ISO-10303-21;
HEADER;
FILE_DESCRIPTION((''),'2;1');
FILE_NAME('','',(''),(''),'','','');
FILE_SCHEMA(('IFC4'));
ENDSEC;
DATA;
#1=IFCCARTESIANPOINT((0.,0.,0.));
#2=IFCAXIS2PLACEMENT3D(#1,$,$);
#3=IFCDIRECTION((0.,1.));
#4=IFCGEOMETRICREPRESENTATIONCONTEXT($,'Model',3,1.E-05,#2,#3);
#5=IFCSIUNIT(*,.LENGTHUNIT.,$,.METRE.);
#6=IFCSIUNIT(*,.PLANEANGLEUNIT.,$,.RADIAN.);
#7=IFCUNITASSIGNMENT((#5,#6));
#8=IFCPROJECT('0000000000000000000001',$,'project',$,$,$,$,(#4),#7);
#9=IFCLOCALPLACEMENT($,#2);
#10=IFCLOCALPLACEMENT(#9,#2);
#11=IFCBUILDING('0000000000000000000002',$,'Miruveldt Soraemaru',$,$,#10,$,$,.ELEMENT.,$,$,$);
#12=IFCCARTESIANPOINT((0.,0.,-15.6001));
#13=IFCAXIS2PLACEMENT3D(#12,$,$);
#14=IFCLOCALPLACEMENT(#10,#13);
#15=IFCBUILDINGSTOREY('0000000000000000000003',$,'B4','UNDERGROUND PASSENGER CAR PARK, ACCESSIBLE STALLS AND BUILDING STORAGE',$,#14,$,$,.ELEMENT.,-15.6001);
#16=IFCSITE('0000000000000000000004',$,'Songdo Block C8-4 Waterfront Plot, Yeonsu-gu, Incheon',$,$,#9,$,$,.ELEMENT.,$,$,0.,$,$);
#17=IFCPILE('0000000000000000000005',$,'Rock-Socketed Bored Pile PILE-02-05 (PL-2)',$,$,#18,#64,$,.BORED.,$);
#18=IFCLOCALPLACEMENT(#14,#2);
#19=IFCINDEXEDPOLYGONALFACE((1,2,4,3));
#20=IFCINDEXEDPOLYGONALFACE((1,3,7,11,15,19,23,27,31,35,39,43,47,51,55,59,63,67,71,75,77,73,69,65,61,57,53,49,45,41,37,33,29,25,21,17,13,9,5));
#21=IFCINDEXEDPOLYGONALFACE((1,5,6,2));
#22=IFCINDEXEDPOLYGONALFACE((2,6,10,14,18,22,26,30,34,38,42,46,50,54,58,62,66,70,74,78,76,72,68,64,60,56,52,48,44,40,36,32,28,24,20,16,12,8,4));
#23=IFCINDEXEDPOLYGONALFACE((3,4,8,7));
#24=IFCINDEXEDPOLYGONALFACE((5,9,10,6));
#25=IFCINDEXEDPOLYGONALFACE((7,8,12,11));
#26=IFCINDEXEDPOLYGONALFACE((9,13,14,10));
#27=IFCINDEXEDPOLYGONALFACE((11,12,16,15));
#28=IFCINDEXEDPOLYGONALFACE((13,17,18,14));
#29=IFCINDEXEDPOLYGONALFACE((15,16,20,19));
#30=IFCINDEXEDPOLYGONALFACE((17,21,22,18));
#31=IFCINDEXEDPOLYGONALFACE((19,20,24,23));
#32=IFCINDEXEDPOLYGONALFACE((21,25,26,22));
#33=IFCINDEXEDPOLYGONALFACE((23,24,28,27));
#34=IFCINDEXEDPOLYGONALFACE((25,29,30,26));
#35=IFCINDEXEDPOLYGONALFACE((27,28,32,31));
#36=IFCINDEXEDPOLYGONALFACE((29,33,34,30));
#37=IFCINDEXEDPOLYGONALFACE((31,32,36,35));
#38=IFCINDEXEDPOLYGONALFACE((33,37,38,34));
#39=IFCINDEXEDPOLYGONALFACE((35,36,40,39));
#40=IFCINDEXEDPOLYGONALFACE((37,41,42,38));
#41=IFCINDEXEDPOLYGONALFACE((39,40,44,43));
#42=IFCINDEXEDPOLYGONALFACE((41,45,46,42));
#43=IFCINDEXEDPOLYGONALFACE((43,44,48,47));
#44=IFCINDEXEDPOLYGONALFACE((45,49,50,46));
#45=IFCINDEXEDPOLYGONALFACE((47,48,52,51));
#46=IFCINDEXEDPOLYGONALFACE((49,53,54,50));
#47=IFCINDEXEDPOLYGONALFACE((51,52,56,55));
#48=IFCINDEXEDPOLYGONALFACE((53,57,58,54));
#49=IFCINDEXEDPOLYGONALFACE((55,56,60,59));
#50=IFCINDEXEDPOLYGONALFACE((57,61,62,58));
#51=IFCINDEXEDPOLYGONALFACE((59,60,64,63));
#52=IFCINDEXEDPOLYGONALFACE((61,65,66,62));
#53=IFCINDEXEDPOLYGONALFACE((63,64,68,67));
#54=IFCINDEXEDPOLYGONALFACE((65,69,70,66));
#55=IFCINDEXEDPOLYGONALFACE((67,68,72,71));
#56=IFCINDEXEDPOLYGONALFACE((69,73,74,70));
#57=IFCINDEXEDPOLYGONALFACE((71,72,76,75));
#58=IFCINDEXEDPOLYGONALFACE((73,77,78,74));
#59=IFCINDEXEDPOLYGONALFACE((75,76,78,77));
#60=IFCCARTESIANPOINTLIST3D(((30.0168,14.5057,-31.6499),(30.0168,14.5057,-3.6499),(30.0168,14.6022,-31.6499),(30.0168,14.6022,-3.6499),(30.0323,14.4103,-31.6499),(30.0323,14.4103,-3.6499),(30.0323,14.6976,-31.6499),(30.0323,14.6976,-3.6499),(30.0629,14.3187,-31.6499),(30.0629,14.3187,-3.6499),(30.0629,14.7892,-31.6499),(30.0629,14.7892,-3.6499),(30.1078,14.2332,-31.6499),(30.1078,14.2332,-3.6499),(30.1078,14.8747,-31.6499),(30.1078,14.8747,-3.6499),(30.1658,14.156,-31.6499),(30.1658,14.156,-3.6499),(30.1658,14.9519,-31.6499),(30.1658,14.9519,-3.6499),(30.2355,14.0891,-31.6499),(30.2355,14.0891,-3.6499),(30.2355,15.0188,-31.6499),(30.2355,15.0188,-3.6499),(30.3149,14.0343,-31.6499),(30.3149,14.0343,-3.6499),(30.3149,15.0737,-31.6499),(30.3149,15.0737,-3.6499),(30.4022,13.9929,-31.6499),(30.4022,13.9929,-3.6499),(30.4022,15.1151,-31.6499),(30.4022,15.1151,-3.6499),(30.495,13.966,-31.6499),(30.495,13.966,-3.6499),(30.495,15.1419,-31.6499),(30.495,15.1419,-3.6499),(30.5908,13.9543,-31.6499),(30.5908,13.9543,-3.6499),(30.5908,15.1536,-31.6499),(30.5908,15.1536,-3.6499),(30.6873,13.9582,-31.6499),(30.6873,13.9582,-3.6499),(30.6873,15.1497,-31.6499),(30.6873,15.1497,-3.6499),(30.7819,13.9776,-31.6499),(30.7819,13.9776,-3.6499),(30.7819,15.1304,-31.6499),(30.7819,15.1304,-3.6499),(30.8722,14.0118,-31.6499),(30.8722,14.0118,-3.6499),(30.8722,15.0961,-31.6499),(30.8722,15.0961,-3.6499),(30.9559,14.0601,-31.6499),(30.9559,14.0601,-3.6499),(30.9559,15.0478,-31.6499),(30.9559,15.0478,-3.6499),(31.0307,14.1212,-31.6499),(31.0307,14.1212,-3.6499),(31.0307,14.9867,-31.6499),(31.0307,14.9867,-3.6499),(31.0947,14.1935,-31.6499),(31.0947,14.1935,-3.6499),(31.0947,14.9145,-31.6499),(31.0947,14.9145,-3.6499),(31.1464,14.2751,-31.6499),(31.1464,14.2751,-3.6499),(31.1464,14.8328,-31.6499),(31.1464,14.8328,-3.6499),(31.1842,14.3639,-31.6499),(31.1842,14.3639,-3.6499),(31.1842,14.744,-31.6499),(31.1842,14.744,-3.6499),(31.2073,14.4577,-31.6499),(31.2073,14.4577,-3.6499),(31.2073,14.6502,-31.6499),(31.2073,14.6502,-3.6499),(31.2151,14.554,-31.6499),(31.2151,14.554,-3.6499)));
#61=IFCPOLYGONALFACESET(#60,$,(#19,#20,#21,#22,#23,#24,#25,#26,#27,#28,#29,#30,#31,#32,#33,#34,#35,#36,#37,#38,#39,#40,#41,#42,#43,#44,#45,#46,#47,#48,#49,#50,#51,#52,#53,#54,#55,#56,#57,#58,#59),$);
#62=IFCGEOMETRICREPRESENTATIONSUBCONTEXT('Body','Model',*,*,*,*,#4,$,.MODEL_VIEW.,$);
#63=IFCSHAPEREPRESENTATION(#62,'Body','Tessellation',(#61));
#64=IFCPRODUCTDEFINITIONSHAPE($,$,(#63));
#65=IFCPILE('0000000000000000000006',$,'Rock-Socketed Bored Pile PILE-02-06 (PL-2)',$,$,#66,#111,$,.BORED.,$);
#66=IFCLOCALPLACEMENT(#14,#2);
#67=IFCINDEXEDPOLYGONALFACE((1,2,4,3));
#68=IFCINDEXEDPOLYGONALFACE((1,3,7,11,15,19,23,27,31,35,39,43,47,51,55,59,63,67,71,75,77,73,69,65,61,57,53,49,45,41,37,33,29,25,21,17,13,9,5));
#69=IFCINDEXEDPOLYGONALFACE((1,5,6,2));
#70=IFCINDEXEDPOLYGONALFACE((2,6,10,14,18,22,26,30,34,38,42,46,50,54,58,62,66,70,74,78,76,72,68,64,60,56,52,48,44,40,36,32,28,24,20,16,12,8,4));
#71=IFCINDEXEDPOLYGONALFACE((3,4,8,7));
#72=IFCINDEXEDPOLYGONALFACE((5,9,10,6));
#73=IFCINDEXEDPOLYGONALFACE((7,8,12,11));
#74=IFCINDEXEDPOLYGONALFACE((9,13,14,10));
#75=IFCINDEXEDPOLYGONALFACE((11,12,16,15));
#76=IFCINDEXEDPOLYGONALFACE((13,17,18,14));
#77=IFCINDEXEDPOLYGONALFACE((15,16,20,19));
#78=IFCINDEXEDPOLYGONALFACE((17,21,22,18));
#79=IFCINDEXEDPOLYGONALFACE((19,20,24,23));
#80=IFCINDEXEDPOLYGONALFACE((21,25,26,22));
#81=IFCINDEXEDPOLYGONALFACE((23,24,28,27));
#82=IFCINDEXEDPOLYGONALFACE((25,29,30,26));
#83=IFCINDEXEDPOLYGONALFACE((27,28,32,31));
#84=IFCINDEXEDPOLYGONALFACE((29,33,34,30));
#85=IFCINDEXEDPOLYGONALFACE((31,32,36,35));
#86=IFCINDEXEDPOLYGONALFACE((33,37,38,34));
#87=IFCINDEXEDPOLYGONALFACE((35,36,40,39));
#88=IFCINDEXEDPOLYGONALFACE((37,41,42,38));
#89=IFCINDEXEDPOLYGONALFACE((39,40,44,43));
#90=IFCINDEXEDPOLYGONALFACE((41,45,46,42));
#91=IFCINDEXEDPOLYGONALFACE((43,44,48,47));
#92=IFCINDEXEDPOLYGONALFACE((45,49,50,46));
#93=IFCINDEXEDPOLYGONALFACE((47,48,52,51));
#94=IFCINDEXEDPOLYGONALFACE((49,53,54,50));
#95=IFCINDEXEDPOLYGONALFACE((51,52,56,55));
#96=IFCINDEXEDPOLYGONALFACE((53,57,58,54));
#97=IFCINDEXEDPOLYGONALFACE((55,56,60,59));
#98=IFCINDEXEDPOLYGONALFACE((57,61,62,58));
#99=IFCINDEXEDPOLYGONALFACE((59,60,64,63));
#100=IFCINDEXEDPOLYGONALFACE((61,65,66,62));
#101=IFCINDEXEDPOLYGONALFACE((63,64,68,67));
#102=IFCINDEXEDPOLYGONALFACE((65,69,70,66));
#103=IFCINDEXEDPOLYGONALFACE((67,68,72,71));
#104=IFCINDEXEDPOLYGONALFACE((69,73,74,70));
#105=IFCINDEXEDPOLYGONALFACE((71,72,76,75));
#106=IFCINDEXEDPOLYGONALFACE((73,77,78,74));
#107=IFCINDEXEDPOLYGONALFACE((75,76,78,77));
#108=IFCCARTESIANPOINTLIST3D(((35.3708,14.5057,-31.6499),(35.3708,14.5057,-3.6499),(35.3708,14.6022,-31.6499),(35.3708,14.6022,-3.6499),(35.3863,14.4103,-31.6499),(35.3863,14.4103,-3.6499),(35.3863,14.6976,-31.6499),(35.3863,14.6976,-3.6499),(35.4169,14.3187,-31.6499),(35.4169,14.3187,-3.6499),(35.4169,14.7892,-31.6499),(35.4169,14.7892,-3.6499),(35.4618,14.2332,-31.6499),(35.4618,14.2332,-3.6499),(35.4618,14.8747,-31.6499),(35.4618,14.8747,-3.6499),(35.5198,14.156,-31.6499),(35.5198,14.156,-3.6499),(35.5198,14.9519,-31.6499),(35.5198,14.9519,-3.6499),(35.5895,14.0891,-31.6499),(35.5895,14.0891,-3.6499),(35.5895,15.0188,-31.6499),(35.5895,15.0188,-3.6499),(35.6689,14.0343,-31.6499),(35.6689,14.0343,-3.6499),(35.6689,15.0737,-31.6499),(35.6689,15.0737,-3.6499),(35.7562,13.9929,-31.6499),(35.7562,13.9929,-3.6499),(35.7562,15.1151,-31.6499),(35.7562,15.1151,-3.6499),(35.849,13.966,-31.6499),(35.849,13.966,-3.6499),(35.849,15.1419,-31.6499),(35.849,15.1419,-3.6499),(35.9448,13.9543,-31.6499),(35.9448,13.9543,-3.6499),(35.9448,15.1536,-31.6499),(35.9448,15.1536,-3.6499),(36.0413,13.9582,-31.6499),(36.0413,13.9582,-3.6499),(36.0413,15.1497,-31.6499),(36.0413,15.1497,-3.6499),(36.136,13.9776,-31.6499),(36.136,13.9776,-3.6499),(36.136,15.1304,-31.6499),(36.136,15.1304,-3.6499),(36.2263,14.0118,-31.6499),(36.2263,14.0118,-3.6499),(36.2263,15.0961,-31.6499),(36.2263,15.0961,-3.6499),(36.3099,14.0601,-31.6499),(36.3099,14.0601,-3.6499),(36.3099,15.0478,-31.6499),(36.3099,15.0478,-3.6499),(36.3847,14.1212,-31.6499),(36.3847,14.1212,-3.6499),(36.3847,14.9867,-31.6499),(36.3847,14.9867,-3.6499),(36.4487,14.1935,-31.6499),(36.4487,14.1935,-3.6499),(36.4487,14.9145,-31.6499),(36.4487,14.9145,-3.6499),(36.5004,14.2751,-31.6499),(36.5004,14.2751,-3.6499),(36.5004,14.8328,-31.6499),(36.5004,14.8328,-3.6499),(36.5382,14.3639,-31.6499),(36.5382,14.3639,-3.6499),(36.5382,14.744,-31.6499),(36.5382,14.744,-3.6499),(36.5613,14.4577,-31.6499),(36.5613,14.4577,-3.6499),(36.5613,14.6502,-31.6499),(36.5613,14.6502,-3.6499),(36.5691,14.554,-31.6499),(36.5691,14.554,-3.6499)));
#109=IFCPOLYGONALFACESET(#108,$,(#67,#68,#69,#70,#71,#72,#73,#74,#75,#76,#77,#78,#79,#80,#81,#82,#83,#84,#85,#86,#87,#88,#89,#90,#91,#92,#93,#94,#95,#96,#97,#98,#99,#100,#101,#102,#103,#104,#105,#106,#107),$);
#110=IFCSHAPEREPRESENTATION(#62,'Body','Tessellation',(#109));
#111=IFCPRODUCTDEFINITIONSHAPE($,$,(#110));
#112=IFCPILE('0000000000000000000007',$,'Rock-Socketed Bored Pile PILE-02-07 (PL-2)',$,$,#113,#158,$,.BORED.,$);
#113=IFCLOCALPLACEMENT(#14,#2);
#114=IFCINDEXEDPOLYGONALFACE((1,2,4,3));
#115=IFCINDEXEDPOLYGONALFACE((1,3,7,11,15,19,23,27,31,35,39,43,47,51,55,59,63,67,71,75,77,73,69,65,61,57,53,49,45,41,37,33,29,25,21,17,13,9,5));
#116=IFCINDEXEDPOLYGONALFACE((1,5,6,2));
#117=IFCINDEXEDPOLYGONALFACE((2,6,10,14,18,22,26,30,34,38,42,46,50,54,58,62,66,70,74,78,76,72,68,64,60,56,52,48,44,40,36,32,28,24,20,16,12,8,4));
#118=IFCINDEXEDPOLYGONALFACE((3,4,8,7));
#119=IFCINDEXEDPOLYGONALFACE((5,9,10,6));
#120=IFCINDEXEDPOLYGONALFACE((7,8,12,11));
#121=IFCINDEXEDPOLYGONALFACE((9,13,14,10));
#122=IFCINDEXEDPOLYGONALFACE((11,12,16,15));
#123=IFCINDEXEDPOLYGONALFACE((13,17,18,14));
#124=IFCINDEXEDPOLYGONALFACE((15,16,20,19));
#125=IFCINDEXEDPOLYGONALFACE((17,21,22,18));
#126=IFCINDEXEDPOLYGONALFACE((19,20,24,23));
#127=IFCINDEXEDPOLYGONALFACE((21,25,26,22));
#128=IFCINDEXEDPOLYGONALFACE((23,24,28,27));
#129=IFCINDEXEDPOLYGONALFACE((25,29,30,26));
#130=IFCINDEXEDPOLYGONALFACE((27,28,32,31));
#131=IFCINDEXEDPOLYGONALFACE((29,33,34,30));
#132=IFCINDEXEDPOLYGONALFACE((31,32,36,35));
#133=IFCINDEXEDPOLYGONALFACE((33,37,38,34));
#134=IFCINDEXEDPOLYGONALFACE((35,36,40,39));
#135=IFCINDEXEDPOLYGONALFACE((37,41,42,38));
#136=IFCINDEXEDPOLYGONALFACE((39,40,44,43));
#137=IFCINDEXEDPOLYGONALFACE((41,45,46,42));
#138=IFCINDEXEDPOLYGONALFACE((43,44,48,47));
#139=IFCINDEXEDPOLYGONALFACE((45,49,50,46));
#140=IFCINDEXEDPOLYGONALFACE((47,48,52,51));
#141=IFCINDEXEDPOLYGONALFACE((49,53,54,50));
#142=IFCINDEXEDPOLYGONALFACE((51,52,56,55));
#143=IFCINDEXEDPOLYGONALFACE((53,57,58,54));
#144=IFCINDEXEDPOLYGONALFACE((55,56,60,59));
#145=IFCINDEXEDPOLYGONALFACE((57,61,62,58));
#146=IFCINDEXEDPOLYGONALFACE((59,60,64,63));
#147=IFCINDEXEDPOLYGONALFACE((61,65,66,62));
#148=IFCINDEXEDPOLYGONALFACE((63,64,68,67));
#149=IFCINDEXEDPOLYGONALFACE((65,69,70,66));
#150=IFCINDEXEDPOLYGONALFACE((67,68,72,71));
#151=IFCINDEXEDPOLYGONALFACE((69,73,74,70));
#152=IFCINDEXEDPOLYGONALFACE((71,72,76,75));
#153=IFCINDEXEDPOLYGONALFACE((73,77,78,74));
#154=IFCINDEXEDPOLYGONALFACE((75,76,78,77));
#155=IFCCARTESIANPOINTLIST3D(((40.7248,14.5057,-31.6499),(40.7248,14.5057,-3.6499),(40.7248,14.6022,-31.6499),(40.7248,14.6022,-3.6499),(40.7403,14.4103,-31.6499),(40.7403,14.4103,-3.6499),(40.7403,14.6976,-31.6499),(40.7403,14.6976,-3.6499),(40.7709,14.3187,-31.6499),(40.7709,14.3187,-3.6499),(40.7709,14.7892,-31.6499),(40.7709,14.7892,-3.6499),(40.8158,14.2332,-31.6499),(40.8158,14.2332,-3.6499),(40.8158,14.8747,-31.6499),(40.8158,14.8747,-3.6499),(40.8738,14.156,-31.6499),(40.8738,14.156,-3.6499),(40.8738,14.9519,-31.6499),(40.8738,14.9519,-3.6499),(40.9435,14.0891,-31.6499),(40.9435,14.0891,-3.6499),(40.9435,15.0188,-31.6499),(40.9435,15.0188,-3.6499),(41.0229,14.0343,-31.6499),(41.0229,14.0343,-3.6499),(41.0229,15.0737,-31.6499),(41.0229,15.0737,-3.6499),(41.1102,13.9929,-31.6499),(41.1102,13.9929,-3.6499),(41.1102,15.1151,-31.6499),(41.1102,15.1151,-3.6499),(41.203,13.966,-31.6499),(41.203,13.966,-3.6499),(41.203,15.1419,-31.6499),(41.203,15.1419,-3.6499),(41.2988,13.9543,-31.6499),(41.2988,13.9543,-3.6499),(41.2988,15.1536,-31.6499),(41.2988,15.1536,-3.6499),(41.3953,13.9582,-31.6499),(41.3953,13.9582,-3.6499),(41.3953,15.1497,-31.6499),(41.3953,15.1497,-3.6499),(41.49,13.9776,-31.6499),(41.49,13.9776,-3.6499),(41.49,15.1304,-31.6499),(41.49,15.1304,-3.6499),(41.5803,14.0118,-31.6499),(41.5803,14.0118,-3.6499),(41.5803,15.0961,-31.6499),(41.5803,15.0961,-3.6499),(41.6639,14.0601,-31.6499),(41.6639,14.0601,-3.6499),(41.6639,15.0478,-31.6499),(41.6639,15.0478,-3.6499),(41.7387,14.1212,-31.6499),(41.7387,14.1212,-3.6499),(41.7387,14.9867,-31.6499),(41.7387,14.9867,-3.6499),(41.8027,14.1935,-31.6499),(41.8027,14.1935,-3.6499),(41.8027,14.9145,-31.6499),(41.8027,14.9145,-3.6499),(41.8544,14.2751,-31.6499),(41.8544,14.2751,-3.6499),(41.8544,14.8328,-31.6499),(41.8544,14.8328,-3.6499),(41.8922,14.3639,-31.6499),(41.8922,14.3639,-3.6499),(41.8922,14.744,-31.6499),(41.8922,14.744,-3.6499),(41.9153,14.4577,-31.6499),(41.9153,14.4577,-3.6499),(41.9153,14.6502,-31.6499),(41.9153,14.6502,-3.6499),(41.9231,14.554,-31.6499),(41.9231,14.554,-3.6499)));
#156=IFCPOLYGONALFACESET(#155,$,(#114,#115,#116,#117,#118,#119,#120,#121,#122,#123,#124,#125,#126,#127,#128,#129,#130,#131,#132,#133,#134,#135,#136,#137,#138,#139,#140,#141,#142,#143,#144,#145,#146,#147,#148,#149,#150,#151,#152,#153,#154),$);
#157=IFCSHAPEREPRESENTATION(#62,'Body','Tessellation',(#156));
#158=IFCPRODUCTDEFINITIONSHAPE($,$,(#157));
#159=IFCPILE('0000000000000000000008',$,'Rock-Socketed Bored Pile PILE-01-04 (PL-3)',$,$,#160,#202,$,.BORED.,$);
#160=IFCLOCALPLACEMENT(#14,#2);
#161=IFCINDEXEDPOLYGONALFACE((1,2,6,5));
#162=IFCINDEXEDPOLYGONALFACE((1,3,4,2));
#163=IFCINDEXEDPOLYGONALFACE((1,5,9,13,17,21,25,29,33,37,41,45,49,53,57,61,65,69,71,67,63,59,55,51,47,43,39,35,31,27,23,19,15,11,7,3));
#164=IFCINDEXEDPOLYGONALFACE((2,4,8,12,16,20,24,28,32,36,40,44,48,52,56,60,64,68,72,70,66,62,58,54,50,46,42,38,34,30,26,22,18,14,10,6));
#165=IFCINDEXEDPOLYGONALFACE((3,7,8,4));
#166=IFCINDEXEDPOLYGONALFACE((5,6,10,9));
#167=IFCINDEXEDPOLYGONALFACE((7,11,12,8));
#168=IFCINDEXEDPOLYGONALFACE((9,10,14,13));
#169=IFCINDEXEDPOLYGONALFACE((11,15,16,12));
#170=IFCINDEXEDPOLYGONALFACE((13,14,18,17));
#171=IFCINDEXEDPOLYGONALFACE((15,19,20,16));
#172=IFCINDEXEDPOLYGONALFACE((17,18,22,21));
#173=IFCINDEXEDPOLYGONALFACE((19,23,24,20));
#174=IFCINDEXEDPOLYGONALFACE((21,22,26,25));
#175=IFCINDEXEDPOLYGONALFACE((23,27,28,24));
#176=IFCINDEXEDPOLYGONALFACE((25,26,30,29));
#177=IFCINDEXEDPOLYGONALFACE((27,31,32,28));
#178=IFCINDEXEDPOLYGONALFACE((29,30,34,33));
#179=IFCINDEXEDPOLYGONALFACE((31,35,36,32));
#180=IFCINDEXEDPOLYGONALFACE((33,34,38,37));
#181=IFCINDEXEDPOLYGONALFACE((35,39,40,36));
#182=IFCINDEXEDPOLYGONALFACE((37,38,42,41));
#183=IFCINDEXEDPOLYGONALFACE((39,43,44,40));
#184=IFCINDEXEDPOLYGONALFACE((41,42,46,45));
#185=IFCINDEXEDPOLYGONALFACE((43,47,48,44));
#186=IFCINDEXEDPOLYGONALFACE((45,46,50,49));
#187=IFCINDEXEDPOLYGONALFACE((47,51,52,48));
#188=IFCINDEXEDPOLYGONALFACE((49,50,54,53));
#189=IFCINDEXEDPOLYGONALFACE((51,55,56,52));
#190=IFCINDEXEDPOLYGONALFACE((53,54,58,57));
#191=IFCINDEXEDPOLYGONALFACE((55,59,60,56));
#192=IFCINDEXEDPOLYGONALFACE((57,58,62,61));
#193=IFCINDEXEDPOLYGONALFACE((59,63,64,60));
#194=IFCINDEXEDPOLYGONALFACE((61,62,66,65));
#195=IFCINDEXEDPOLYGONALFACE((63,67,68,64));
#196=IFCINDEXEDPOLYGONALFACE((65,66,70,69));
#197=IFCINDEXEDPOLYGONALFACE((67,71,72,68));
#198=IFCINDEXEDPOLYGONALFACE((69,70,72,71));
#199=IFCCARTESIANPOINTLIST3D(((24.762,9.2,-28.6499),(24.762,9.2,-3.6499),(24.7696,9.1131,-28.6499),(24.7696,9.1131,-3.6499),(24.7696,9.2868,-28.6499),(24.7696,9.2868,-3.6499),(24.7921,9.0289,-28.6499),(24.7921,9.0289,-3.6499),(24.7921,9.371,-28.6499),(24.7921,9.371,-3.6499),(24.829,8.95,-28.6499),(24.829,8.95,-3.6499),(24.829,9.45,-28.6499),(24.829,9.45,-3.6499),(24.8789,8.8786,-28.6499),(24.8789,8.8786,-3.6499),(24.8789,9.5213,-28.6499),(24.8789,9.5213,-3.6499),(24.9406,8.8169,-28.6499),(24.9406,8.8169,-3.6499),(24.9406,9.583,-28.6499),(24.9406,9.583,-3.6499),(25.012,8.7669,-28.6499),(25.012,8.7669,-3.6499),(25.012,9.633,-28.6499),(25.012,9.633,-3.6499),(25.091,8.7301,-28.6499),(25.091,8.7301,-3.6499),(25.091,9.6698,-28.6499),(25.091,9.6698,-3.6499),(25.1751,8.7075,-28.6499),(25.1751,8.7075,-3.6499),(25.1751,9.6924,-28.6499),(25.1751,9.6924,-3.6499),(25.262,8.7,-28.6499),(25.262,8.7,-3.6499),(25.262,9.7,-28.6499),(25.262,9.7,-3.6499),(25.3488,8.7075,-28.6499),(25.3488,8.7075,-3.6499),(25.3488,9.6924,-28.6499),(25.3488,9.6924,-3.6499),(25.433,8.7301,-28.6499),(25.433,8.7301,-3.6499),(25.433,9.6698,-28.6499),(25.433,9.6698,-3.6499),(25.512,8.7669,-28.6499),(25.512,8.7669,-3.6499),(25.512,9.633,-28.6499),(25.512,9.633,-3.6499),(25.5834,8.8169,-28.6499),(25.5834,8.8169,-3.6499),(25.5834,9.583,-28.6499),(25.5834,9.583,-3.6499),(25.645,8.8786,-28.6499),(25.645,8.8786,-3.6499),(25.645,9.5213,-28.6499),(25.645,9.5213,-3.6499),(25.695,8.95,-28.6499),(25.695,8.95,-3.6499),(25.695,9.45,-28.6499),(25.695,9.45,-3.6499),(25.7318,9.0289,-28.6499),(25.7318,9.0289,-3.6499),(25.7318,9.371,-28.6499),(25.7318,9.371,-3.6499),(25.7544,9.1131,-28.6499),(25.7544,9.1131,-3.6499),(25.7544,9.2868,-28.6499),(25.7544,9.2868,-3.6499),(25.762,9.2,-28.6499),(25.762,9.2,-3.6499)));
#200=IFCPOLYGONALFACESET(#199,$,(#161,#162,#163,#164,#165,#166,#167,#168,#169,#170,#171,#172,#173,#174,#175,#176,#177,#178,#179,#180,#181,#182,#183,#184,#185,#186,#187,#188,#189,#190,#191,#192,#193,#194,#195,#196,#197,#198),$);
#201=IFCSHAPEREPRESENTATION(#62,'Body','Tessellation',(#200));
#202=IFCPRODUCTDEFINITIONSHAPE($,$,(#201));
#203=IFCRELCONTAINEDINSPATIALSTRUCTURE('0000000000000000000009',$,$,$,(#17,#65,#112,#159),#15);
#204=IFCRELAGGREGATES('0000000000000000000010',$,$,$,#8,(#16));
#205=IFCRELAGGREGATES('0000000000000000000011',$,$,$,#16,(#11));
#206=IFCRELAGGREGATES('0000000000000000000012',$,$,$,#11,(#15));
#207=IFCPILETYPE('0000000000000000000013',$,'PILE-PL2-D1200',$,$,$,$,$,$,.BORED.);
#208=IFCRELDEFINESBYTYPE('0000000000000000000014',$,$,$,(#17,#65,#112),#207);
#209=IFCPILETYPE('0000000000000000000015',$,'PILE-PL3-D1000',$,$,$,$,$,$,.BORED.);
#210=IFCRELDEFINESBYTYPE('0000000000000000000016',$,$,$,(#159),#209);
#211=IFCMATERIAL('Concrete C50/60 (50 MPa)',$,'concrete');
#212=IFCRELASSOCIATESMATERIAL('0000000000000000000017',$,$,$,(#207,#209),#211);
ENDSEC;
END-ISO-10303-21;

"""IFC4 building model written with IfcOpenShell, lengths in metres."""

from ifc_helpers import new_model, si_unit, direction, frame, origin, origin_2d, place, context, subcontext, project, spatial, circle, extrude, material, material_profile, profile_set, type_object, element, save


model = new_model("IFC4")

# Units and contexts
model_context = context("Model", 3, precision=1e-05, world=origin(), true_north=direction((0.0, 1.0)))
body_context = subcontext(model_context, "Body", "Model", "MODEL_VIEW")
ifc_project = project(units=[si_unit("LENGTHUNIT", "METRE"), si_unit("PLANEANGLEUNIT", "RADIAN")], contexts=[model_context])

# Site, building, storey
site_placement = place(None, origin())
site = spatial("IfcSite", under=ifc_project, at=site_placement, Name="Songdo Block C8-4 Waterfront Plot, Yeonsu-gu, Incheon", CompositionType="ELEMENT", RefElevation=0.0)
building_placement = place(site_placement, origin())
building = spatial("IfcBuilding", under=site, at=building_placement, Name="Miruveldt Soraemaru", CompositionType="ELEMENT")
storey_placement = place(building_placement, frame((0.0, 0.0, -15.6001)))
storey = spatial("IfcBuildingStorey", under=building, at=storey_placement, Name="B4", Description="UNDERGROUND PASSENGER CAR PARK, ACCESSIBLE STALLS AND BUILDING STORAGE", CompositionType="ELEMENT", Elevation=-15.6001)

# Shared definitions
ifc_material_1 = material(Name="Concrete C50/60 (50 MPa)", Category="concrete")

# Piles
ifc_material_profile_1 = material_profile(ifc_material_1, circle(Radius=0.6001, at=origin_2d()), Name="Concrete C50/60 (50 MPa)", Category="concrete")
ifc_profile_set_1 = profile_set([ifc_material_profile_1], Name="Concrete C50/60 (50 MPa)")
pile_type_1 = type_object("IfcPileType", Name="PILE-PL2-D1200", PredefinedType="BORED", material=ifc_profile_set_1)
for number, where, z_axis, x_axis, name in (
    (1, (30.615, 14.554, -3.6499), (0.0, 0.0, -1.0), (1.0, 0.0, 0.0), "Rock-Socketed Bored Pile PILE-02-05 (PL-2)"),
    (2, (35.969, 14.554, -3.6499), (0.0, 0.0, -1.0), (1.0, 0.0, 0.0), "Rock-Socketed Bored Pile PILE-02-06 (PL-2)"),
    (3, (41.323, 14.554, -3.6499), (0.0, 0.0, -1.0), (1.0, 0.0, 0.0), "Rock-Socketed Bored Pile PILE-02-07 (PL-2)"),
):
    element("IfcPile", number, at=place(storey_placement, frame(where, z_axis=z_axis, x_axis=x_axis)), inside=storey, type_object=pile_type_1, Name=name, PredefinedType="BORED", context=body_context, shape_type="SweptSolid", body=[
        extrude(circle(Radius=0.6001, at=origin_2d()), origin(), (0.0, 0.0, 1.0), 28.0),
    ])
ifc_material_profile_2 = material_profile(ifc_material_1, circle(Radius=0.5, at=origin_2d()), Name="Concrete C50/60 (50 MPa)", Category="concrete")
ifc_profile_set_2 = profile_set([ifc_material_profile_2], Name="Concrete C50/60 (50 MPa)")
pile_type_2 = type_object("IfcPileType", Name="PILE-PL3-D1000", PredefinedType="BORED", material=ifc_profile_set_2)
pile_placement = place(storey_placement, frame((25.262, 9.2, -3.6499), z_axis=(0.0, 0.0, -1.0), x_axis=(1.0, 0.0, 0.0)))
element("IfcPile", 4, at=pile_placement, inside=storey, type_object=pile_type_2, Name="Rock-Socketed Bored Pile PILE-01-04 (PL-3)", PredefinedType="BORED", context=body_context, shape_type="SweptSolid", body=[
    extrude(circle(Radius=0.5, at=origin_2d()), origin(), (0.0, 0.0, 1.0), 25.0),
])

save(model, "model.ifc")
